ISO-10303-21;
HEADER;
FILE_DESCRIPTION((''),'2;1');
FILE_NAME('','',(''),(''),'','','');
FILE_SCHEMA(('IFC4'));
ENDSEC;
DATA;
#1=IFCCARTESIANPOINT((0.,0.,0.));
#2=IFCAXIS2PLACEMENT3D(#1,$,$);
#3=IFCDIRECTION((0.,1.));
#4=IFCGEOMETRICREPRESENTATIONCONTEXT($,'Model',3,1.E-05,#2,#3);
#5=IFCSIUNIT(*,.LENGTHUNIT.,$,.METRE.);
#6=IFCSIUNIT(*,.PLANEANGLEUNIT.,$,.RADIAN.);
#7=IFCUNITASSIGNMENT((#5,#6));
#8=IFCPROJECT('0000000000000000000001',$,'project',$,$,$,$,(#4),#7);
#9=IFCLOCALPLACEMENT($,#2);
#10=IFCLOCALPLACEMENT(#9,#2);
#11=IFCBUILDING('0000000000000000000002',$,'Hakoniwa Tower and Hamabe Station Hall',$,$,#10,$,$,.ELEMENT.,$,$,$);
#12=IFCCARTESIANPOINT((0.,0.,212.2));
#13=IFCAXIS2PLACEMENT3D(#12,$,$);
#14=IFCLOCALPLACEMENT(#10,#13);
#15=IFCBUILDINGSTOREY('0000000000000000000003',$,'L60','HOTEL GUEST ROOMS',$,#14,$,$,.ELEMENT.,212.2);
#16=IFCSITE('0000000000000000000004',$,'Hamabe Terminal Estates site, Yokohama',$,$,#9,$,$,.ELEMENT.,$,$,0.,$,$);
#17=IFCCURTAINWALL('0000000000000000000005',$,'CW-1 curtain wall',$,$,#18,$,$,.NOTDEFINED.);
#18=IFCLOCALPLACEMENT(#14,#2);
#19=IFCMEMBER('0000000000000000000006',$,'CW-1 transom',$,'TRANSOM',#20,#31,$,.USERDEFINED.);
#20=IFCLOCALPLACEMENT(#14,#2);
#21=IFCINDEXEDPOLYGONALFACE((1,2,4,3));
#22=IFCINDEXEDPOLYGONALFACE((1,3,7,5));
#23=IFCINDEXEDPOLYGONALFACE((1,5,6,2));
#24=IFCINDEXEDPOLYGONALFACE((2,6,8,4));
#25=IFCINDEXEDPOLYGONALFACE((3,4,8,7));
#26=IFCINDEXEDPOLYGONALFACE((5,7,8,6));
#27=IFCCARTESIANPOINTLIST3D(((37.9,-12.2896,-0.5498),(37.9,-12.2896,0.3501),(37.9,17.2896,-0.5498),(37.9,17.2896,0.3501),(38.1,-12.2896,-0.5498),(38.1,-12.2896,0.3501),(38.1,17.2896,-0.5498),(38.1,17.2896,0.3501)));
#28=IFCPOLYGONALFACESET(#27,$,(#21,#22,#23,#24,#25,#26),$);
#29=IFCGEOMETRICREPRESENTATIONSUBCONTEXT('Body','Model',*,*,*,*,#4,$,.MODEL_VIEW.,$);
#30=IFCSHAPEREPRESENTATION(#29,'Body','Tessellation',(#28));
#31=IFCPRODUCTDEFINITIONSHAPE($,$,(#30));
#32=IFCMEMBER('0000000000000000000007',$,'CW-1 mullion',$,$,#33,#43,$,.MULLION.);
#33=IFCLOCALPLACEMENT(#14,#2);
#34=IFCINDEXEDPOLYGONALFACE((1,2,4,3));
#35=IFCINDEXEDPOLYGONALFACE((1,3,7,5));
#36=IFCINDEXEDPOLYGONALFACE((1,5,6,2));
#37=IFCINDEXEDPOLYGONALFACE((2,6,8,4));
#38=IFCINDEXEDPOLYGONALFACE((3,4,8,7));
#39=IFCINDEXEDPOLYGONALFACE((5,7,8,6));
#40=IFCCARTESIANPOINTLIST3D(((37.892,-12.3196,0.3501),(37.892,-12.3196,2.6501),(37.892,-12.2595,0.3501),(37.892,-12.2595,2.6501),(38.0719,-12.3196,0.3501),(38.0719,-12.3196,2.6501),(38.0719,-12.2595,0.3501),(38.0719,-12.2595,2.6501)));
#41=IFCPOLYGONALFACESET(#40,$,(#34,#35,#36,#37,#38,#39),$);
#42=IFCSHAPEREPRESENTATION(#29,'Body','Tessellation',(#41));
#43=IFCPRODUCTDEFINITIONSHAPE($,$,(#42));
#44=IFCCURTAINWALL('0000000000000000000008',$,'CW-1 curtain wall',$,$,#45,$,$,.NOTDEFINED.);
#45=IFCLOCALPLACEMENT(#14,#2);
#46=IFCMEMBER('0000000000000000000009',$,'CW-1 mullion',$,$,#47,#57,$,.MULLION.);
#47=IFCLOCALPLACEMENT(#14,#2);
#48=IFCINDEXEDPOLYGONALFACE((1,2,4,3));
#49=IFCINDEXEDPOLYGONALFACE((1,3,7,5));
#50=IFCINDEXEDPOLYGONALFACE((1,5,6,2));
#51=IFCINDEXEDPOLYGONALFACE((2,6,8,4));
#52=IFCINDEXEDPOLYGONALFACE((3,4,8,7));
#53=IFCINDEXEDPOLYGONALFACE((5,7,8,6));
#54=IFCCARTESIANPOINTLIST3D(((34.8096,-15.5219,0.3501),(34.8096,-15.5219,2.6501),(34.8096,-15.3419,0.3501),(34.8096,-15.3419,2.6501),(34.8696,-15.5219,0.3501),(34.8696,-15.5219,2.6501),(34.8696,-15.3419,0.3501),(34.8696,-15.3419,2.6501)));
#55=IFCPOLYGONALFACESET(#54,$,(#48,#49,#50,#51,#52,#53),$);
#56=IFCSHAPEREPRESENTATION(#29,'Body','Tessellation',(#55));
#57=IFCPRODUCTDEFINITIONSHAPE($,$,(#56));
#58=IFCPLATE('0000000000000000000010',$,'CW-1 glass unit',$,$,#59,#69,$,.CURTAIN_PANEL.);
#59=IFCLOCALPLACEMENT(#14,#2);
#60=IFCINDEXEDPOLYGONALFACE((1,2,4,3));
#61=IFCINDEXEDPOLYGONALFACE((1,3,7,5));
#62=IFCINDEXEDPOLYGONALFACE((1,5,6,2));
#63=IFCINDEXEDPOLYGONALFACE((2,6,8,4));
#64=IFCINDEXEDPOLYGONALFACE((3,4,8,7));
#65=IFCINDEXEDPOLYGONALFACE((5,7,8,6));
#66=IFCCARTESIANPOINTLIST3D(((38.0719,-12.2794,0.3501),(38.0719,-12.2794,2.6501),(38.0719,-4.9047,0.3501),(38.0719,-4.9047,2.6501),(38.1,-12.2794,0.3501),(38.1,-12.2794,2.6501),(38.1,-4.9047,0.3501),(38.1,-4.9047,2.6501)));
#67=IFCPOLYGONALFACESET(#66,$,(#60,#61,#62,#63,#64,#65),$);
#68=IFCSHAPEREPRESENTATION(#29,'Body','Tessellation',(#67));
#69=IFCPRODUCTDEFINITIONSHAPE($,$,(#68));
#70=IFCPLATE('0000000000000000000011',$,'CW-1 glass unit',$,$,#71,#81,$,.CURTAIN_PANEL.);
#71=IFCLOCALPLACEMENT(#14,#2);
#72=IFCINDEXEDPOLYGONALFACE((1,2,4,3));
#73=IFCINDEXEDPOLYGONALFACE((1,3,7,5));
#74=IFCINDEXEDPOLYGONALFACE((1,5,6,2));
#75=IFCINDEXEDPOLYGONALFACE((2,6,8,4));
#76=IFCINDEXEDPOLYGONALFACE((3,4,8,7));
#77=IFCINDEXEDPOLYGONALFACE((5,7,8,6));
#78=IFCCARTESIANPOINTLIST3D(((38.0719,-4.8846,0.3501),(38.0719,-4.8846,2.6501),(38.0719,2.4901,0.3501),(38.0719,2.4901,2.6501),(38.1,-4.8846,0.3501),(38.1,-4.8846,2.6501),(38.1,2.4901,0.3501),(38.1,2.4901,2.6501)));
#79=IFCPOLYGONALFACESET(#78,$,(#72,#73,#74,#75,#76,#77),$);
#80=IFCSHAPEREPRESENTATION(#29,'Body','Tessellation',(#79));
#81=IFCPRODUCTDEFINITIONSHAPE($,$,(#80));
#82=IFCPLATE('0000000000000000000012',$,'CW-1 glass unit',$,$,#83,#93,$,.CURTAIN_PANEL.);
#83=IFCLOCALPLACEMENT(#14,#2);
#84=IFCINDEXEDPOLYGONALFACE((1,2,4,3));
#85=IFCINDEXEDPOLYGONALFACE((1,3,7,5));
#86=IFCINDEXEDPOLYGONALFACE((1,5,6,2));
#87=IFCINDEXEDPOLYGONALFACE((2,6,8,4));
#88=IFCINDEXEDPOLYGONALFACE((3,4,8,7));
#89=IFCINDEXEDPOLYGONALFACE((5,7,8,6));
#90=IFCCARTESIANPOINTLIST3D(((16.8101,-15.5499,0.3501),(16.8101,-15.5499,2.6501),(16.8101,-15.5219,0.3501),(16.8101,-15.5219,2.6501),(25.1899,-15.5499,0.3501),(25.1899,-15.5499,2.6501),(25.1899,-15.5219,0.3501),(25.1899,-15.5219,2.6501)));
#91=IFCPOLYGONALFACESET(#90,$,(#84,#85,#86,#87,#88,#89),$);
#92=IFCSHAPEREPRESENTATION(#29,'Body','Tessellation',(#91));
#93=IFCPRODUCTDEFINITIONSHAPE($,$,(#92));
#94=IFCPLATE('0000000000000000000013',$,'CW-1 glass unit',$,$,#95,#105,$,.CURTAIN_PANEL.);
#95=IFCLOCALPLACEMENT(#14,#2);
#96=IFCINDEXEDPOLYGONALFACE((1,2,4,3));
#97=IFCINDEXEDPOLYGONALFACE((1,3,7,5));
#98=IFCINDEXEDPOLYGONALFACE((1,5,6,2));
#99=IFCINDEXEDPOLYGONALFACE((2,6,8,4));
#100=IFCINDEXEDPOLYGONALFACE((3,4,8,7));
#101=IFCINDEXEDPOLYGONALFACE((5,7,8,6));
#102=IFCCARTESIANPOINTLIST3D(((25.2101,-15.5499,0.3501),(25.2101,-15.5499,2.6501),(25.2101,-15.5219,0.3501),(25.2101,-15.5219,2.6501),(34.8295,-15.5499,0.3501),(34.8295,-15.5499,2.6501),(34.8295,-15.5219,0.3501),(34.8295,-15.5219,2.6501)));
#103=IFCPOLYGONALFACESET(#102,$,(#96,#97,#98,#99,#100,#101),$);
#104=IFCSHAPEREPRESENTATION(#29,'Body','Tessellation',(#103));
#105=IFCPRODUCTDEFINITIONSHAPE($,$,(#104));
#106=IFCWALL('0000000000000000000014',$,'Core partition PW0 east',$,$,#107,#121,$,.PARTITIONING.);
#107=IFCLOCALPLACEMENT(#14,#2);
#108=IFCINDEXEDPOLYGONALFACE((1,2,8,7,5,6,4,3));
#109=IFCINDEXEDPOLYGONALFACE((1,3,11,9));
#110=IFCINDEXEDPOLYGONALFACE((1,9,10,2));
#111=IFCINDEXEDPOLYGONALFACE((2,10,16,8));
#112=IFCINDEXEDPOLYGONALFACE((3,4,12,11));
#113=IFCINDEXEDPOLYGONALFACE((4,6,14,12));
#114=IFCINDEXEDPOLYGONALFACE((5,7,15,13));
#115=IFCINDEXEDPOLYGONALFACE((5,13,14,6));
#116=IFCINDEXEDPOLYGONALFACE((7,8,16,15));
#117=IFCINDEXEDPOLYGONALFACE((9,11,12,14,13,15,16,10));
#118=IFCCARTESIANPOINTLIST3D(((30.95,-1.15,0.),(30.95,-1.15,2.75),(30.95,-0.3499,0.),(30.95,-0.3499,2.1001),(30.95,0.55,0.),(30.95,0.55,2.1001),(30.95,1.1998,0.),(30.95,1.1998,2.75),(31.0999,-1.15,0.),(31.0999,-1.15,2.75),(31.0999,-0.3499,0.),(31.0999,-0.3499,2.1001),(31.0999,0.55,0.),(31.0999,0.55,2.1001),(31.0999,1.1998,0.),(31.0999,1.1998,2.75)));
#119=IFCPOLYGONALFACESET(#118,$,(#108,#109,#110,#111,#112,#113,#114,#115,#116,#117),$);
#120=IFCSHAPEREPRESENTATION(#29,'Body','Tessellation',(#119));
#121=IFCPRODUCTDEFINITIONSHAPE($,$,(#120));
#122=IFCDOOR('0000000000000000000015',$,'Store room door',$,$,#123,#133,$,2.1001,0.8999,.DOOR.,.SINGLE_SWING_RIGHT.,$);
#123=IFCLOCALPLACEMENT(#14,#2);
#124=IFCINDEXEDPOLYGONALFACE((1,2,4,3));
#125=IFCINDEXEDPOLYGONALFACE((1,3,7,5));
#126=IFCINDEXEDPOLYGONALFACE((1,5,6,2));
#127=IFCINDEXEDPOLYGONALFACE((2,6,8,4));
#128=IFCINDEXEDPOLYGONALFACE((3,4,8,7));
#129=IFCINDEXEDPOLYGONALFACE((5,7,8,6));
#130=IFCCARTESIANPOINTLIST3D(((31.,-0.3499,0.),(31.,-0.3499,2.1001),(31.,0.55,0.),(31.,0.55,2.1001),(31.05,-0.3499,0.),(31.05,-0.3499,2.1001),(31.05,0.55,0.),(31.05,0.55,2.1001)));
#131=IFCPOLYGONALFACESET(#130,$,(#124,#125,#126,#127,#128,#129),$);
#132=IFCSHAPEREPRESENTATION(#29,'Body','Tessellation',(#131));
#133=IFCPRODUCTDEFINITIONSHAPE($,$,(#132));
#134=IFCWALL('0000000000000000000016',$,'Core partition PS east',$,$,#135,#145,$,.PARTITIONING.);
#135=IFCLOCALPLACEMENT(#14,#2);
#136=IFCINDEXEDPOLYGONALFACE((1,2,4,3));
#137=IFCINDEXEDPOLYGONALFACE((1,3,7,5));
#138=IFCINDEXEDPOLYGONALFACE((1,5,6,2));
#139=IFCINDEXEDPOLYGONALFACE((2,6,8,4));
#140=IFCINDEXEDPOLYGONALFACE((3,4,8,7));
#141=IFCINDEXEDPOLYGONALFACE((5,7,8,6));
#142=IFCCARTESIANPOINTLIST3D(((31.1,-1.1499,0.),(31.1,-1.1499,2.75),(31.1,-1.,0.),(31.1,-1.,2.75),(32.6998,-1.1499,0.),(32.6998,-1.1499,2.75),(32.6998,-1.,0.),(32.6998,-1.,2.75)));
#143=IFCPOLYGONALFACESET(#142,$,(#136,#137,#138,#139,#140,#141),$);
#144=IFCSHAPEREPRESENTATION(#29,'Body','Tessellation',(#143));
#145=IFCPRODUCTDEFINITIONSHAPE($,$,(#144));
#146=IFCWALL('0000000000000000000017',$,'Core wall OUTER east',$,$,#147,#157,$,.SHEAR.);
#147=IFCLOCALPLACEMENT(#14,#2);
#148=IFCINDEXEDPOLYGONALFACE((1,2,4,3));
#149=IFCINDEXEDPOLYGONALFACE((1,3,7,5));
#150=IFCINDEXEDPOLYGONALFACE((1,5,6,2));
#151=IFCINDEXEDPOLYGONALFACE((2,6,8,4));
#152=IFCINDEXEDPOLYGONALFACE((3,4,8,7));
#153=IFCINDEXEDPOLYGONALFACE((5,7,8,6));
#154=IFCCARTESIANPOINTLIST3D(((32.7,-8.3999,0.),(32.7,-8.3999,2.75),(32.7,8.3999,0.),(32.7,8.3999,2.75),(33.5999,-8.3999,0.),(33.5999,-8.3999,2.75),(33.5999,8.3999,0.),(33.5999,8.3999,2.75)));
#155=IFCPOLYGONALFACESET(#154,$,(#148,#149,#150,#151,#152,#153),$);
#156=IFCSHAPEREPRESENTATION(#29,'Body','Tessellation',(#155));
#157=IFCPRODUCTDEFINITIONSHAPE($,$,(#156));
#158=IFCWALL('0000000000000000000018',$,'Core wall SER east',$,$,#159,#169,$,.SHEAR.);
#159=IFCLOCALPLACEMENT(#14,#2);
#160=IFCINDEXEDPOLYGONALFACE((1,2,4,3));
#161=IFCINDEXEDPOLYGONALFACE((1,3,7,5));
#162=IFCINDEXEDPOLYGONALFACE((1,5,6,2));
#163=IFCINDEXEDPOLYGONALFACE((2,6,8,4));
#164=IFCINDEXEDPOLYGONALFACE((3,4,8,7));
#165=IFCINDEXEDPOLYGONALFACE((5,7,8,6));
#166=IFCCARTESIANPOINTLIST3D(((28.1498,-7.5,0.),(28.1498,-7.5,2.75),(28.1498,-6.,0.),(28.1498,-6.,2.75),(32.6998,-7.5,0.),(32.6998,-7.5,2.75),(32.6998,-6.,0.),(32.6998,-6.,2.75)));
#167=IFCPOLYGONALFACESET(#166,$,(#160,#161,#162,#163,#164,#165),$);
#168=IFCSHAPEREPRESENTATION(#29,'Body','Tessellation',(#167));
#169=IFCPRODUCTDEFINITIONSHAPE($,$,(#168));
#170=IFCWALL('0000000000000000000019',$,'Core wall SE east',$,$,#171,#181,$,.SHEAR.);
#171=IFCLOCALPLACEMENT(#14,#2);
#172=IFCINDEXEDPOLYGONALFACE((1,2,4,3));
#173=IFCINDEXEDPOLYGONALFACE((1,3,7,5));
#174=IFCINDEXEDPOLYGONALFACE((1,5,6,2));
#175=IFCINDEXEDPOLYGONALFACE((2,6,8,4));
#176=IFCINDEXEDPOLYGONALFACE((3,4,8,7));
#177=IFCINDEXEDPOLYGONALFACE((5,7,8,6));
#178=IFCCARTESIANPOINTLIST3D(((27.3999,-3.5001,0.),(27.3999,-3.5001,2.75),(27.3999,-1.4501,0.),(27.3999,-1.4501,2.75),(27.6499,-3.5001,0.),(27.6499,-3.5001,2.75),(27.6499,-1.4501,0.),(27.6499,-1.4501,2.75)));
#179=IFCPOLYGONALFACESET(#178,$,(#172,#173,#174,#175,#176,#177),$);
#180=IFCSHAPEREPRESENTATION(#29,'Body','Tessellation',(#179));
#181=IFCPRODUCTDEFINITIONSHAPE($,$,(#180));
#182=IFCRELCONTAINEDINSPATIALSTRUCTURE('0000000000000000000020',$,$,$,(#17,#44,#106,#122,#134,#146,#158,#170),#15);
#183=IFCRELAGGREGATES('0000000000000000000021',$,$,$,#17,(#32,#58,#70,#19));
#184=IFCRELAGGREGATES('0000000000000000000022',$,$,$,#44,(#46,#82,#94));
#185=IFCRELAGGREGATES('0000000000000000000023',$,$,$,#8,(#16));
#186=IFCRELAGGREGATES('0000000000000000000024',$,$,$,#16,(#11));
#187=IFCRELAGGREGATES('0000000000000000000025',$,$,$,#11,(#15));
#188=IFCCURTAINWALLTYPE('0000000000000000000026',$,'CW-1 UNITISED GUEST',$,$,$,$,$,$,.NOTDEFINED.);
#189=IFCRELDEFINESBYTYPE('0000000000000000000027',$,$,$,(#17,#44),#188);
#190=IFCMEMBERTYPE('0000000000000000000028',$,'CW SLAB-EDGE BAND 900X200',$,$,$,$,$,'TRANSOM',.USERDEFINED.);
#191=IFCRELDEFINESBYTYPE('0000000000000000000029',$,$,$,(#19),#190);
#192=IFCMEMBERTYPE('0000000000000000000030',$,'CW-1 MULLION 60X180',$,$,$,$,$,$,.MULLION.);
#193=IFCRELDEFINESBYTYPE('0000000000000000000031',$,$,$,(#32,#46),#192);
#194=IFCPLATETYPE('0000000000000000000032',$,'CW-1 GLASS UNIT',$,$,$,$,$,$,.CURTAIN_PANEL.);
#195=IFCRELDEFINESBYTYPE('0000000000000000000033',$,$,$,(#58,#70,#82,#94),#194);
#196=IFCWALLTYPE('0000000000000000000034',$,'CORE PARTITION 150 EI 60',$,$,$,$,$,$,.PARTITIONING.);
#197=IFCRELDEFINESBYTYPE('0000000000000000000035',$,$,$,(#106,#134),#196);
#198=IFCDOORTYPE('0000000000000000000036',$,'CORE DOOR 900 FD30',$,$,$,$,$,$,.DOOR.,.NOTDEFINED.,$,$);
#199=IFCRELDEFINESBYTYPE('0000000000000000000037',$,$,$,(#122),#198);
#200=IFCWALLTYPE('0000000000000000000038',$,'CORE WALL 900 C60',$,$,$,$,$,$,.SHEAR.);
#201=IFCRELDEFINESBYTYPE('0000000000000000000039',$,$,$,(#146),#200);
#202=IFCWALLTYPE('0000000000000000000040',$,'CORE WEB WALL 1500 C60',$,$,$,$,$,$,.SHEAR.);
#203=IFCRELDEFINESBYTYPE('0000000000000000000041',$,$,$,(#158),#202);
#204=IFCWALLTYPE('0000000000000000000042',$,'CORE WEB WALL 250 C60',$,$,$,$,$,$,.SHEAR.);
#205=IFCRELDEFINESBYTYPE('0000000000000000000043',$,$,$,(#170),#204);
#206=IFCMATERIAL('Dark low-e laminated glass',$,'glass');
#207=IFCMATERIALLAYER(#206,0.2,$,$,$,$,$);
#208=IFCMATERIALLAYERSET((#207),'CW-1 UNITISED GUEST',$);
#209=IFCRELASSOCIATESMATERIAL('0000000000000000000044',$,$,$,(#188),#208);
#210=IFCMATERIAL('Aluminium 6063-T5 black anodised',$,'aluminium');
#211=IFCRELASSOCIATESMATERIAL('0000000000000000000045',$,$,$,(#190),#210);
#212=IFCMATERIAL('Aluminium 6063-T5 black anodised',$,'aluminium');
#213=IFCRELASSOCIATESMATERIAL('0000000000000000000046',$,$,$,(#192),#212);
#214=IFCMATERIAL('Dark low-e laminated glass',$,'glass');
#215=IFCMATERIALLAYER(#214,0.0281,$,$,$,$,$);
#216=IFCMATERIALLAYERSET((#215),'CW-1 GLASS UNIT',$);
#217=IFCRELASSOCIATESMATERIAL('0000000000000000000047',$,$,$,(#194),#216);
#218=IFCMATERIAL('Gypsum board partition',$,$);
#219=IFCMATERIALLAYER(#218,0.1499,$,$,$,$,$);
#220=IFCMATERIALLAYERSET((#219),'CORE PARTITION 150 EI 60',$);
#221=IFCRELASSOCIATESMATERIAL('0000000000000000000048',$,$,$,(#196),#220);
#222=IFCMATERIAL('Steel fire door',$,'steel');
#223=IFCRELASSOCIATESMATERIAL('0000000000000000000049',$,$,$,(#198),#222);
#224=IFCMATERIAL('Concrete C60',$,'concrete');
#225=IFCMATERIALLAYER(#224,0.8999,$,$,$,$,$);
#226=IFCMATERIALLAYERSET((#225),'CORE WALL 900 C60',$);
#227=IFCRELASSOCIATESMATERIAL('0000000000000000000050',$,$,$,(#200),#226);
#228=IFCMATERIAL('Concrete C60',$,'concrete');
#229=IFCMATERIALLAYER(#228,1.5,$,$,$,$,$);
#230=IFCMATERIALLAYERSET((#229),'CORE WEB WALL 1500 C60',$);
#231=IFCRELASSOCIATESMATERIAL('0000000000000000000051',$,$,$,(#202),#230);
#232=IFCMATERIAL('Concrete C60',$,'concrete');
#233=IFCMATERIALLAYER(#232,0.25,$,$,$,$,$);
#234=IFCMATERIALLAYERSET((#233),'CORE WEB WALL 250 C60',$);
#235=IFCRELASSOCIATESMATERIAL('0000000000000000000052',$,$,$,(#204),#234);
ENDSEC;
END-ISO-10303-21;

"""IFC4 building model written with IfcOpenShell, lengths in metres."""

from ifc_helpers import new_model, si_unit, direction, frame, frame_2d, origin, origin_2d, place, context, subcontext, project, spatial, rectangle, extrude, material, layer, layer_set, material_profile, profile_set, type_object, element, fill, aggregate, save


model = new_model("IFC4")

# Units and contexts
model_context = context("Model", 3, precision=1e-05, world=origin(), true_north=direction((0.0, 1.0)))
body_context = subcontext(model_context, "Body", "Model", "MODEL_VIEW")
ifc_project = project(units=[si_unit("LENGTHUNIT", "METRE"), si_unit("PLANEANGLEUNIT", "RADIAN")], contexts=[model_context])

# Site, building, storey
site_placement = place(None, origin())
site = spatial("IfcSite", under=ifc_project, at=site_placement, Name="Hamabe Terminal Estates site, Yokohama", CompositionType="ELEMENT", RefElevation=0.0)
building_placement = place(site_placement, origin())
building = spatial("IfcBuilding", under=site, at=building_placement, Name="Hakoniwa Tower and Hamabe Station Hall", CompositionType="ELEMENT")
storey_placement = place(building_placement, frame((0.0, 0.0, 212.2)))
storey = spatial("IfcBuildingStorey", under=building, at=storey_placement, Name="L60", Description="HOTEL GUEST ROOMS", CompositionType="ELEMENT", Elevation=212.2)

# Curtain wall, members
ifc_material_1 = material(Name="Dark low-e laminated glass", Category="glass")
ifc_layer_1 = layer(ifc_material_1, 0.2)
ifc_layer_set_1 = layer_set([ifc_layer_1], Name="CW-1 UNITISED GUEST")
curtain_wall_type = type_object("IfcCurtainWallType", Name="CW-1 UNITISED GUEST", PredefinedType="NOTDEFINED", material=ifc_layer_set_1)
curtain_wall_1_placement = place(storey_placement, origin())
curtain_wall_1 = element("IfcCurtainWall", 1, at=curtain_wall_1_placement, inside=storey, type_object=curtain_wall_type, Name="CW-1 curtain wall", PredefinedType="NOTDEFINED")
ifc_material_2 = material(Name="Aluminium 6063-T5 black anodised", Category="aluminium")
ifc_material_profile_1 = material_profile(ifc_material_2, rectangle(XDim=0.2, YDim=0.8999, at=origin_2d()), Name="CW SLAB-EDGE BAND 900X200")
ifc_profile_set_1 = profile_set([ifc_material_profile_1], Name="Aluminium 6063-T5 black anodised")
member_type_1 = type_object("IfcMemberType", Name="CW SLAB-EDGE BAND 900X200", ElementType="TRANSOM", PredefinedType="USERDEFINED", material=ifc_profile_set_1)
member_1_placement = place(storey_placement, frame((38.0, -12.2896, -0.0999), z_axis=(0.0, 1.0, 0.0), x_axis=(-1.0, 0.0, 0.0)))
member_1 = element("IfcMember", 2, at=member_1_placement, type_object=member_type_1, Name="CW-1 transom", ObjectType="TRANSOM", PredefinedType="USERDEFINED", context=body_context, shape_type="SweptSolid", body=[
    extrude(rectangle(XDim=0.2, YDim=0.8999, at=origin_2d()), origin(), (0.0, 0.0, 1.0), 29.5791),
])
ifc_material_3 = material(Name="Aluminium 6063-T5 black anodised", Category="aluminium")
ifc_material_profile_2 = material_profile(ifc_material_3, rectangle(XDim=0.0601, YDim=0.1799, at=origin_2d()), Name="CW-1 MULLION 60X180")
ifc_profile_set_2 = profile_set([ifc_material_profile_2], Name="Aluminium 6063-T5 black anodised")
member_type_2 = type_object("IfcMemberType", Name="CW-1 MULLION 60X180", PredefinedType="MULLION", material=ifc_profile_set_2)
member_2_placement = place(storey_placement, frame((37.9819, -12.2896, 0.3501), z_axis=(0.0, 0.0, 1.0), x_axis=(0.0, 1.0, 0.0)))
member_2 = element("IfcMember", 3, at=member_2_placement, type_object=member_type_2, Name="CW-1 mullion", PredefinedType="MULLION", context=body_context, shape_type="SweptSolid", body=[
    extrude(rectangle(XDim=0.0601, YDim=0.1799, at=origin_2d()), origin(), (0.0, 0.0, 1.0), 2.3),
])

# Curtain wall, member
curtain_wall_2_placement = place(storey_placement, origin())
curtain_wall_2 = element("IfcCurtainWall", 4, at=curtain_wall_2_placement, inside=storey, type_object=curtain_wall_type, Name="CW-1 curtain wall", PredefinedType="NOTDEFINED")
member_3_placement = place(storey_placement, frame((34.8396, -15.4319, 0.3501), z_axis=(0.0, 0.0, 1.0), x_axis=(1.0, 0.0, 0.0)))
member_3 = element("IfcMember", 5, at=member_3_placement, type_object=member_type_2, Name="CW-1 mullion", PredefinedType="MULLION", context=body_context, shape_type="SweptSolid", body=[
    extrude(rectangle(XDim=0.0601, YDim=0.1799, at=origin_2d()), origin(), (0.0, 0.0, 1.0), 2.3),
])

# Plates
ifc_material_4 = material(Name="Dark low-e laminated glass", Category="glass")
ifc_layer_2 = layer(ifc_material_4, 0.0281)
ifc_layer_set_2 = layer_set([ifc_layer_2], Name="CW-1 GLASS UNIT")
plate_type = type_object("IfcPlateType", Name="CW-1 GLASS UNIT", PredefinedType="CURTAIN_PANEL", material=ifc_layer_set_2)
plate_1_placement = place(storey_placement, frame((38.0859, -8.592, 0.3501), z_axis=(0.0, 0.0, 1.0), x_axis=(0.0, 1.0, 0.0)))
plate_1 = element("IfcPlate", 6, at=plate_1_placement, type_object=plate_type, Name="CW-1 glass unit", PredefinedType="CURTAIN_PANEL", context=body_context, shape_type="SweptSolid", body=[
    extrude(rectangle(XDim=7.3748, YDim=0.0281, at=origin_2d()), origin(), (0.0, 0.0, 1.0), 2.3),
])
plate_2_placement = place(storey_placement, frame((38.0859, -1.1973, 0.3501), z_axis=(0.0, 0.0, 1.0), x_axis=(0.0, 1.0, 0.0)))
plate_2 = element("IfcPlate", 7, at=plate_2_placement, type_object=plate_type, Name="CW-1 glass unit", PredefinedType="CURTAIN_PANEL", context=body_context, shape_type="SweptSolid", body=[
    extrude(rectangle(XDim=7.3748, YDim=0.0281, at=origin_2d()), origin(), (0.0, 0.0, 1.0), 2.3),
])
aggregate(curtain_wall_1, [member_2, plate_1, plate_2, member_1])
plate_3_placement = place(storey_placement, frame((21.0, -15.5359, 0.3501), z_axis=(0.0, 0.0, 1.0), x_axis=(1.0, 0.0, 0.0)))
plate_3 = element("IfcPlate", 8, at=plate_3_placement, type_object=plate_type, Name="CW-1 glass unit", PredefinedType="CURTAIN_PANEL", context=body_context, shape_type="SweptSolid", body=[
    extrude(rectangle(XDim=8.3799, YDim=0.0281, at=origin_2d()), origin(), (0.0, 0.0, 1.0), 2.3),
])
plate_4_placement = place(storey_placement, frame((30.0198, -15.5359, 0.3501), z_axis=(0.0, 0.0, 1.0), x_axis=(1.0, 0.0, 0.0)))
plate_4 = element("IfcPlate", 9, at=plate_4_placement, type_object=plate_type, Name="CW-1 glass unit", PredefinedType="CURTAIN_PANEL", context=body_context, shape_type="SweptSolid", body=[
    extrude(rectangle(XDim=9.6194, YDim=0.0281, at=origin_2d()), origin(), (0.0, 0.0, 1.0), 2.3),
])
aggregate(curtain_wall_2, [member_3, plate_3, plate_4])

# Wall, opening, door
ifc_material_5 = material(Name="Gypsum board partition")
ifc_layer_3 = layer(ifc_material_5, 0.1499)
ifc_layer_set_3 = layer_set([ifc_layer_3], Name="CORE PARTITION 150 EI 60")
wall_type_1 = type_object("IfcWallType", Name="CORE PARTITION 150 EI 60", PredefinedType="PARTITIONING", material=ifc_layer_set_3)
wall_1_placement = place(storey_placement, frame((31.0249, -1.1499, 0.0), z_axis=(0.0, 0.0, 1.0), x_axis=(0.0, 1.0, 0.0)))
wall_1 = element("IfcWall", 10, at=wall_1_placement, inside=storey, type_object=wall_type_1, Name="Core partition PW0 east", PredefinedType="PARTITIONING", context=body_context, shape_type="SweptSolid", body=[
    extrude(rectangle(XDim=2.3499, YDim=0.1499, at=frame_2d((1.1748, 0.0))), origin(), (0.0, 0.0, 1.0), 2.75),
])
opening_1_placement = place(wall_1_placement, frame((0.8, 0.0, 0.0)))
opening_1 = element("IfcOpeningElement", 11, at=opening_1_placement, cuts=wall_1, PredefinedType="OPENING", context=body_context, shape_type="SweptSolid", body=[
    extrude(rectangle(XDim=0.8999, YDim=2.1001, at=frame_2d((0.45, 1.05))), frame((0.0, 0.085, 0.0), z_axis=(0.0, -1.0, 0.0), x_axis=(1.0, 0.0, 0.0)), (0.0, 0.0, 1.0), 0.1699),
])
ifc_material_6 = material(Name="Steel fire door", Category="steel")
door_type_1 = type_object("IfcDoorType", Name="CORE DOOR 900 FD30", OperationType="NOTDEFINED", PredefinedType="DOOR", material=ifc_material_6)
door_1_placement = place(opening_1_placement, origin())
door_1 = element("IfcDoor", 12, at=door_1_placement, inside=storey, type_object=door_type_1, Name="Store room door", OperationType="SINGLE_SWING_RIGHT", OverallHeight=2.1001, OverallWidth=0.8999, PredefinedType="DOOR", context=body_context, shape_type="SweptSolid", body=[
    extrude(rectangle(XDim=0.8999, YDim=2.1001, at=frame_2d((0.45, 1.05))), frame((0.0, 0.0249, 0.0), z_axis=(0.0, -1.0, 0.0), x_axis=(1.0, 0.0, 0.0)), (0.0, 0.0, 1.0), 0.05),
])
fill(opening_1, door_1)

# Walls
wall_2_placement = place(storey_placement, frame((31.1001, -1.075, 0.0), z_axis=(0.0, 0.0, 1.0), x_axis=(1.0, 0.0, 0.0)))
element("IfcWall", 13, at=wall_2_placement, inside=storey, type_object=wall_type_1, Name="Core partition PS east", PredefinedType="PARTITIONING", context=body_context, shape_type="SweptSolid", body=[
    extrude(rectangle(XDim=1.5999, YDim=0.1499, at=frame_2d((0.7998, 0.0))), origin(), (0.0, 0.0, 1.0), 2.75),
])
ifc_material_7 = material(Name="Concrete C60", Category="concrete")
ifc_layer_4 = layer(ifc_material_7, 0.8999)
ifc_layer_set_4 = layer_set([ifc_layer_4], Name="CORE WALL 900 C60")
wall_type_2 = type_object("IfcWallType", Name="CORE WALL 900 C60", PredefinedType="SHEAR", material=ifc_layer_set_4)
wall_3_placement = place(storey_placement, frame((33.1499, -8.3999, 0.0), z_axis=(0.0, 0.0, 1.0), x_axis=(0.0, 1.0, 0.0)))
element("IfcWall", 14, at=wall_3_placement, inside=storey, type_object=wall_type_2, Name="Core wall OUTER east", PredefinedType="SHEAR", context=body_context, shape_type="SweptSolid", body=[
    extrude(rectangle(XDim=16.7998, YDim=0.8999, at=frame_2d((8.3999, 0.0))), origin(), (0.0, 0.0, 1.0), 2.75),
])
ifc_material_8 = material(Name="Concrete C60", Category="concrete")
ifc_layer_5 = layer(ifc_material_8, 1.5)
ifc_layer_set_5 = layer_set([ifc_layer_5], Name="CORE WEB WALL 1500 C60")
wall_type_3 = type_object("IfcWallType", Name="CORE WEB WALL 1500 C60", PredefinedType="SHEAR", material=ifc_layer_set_5)
wall_4_placement = place(storey_placement, frame((28.1499, -6.75, 0.0), z_axis=(0.0, 0.0, 1.0), x_axis=(1.0, 0.0, 0.0)))
element("IfcWall", 15, at=wall_4_placement, inside=storey, type_object=wall_type_3, Name="Core wall SER east", PredefinedType="SHEAR", context=body_context, shape_type="SweptSolid", body=[
    extrude(rectangle(XDim=4.55, YDim=1.5, at=frame_2d((2.2749, 0.0))), origin(), (0.0, 0.0, 1.0), 2.75),
])
ifc_material_9 = material(Name="Concrete C60", Category="concrete")
ifc_layer_6 = layer(ifc_material_9, 0.25)
ifc_layer_set_6 = layer_set([ifc_layer_6], Name="CORE WEB WALL 250 C60")
wall_type_4 = type_object("IfcWallType", Name="CORE WEB WALL 250 C60", PredefinedType="SHEAR", material=ifc_layer_set_6)
wall_5_placement = place(storey_placement, frame((27.5249, -3.5, 0.0), z_axis=(0.0, 0.0, 1.0), x_axis=(0.0, 1.0, 0.0)))
element("IfcWall", 16, at=wall_5_placement, inside=storey, type_object=wall_type_4, Name="Core wall SE east", PredefinedType="SHEAR", context=body_context, shape_type="SweptSolid", body=[
    extrude(rectangle(XDim=2.05, YDim=0.25, at=frame_2d((1.0249, 0.0))), origin(), (0.0, 0.0, 1.0), 2.75),
])

save(model, "model.ifc")
